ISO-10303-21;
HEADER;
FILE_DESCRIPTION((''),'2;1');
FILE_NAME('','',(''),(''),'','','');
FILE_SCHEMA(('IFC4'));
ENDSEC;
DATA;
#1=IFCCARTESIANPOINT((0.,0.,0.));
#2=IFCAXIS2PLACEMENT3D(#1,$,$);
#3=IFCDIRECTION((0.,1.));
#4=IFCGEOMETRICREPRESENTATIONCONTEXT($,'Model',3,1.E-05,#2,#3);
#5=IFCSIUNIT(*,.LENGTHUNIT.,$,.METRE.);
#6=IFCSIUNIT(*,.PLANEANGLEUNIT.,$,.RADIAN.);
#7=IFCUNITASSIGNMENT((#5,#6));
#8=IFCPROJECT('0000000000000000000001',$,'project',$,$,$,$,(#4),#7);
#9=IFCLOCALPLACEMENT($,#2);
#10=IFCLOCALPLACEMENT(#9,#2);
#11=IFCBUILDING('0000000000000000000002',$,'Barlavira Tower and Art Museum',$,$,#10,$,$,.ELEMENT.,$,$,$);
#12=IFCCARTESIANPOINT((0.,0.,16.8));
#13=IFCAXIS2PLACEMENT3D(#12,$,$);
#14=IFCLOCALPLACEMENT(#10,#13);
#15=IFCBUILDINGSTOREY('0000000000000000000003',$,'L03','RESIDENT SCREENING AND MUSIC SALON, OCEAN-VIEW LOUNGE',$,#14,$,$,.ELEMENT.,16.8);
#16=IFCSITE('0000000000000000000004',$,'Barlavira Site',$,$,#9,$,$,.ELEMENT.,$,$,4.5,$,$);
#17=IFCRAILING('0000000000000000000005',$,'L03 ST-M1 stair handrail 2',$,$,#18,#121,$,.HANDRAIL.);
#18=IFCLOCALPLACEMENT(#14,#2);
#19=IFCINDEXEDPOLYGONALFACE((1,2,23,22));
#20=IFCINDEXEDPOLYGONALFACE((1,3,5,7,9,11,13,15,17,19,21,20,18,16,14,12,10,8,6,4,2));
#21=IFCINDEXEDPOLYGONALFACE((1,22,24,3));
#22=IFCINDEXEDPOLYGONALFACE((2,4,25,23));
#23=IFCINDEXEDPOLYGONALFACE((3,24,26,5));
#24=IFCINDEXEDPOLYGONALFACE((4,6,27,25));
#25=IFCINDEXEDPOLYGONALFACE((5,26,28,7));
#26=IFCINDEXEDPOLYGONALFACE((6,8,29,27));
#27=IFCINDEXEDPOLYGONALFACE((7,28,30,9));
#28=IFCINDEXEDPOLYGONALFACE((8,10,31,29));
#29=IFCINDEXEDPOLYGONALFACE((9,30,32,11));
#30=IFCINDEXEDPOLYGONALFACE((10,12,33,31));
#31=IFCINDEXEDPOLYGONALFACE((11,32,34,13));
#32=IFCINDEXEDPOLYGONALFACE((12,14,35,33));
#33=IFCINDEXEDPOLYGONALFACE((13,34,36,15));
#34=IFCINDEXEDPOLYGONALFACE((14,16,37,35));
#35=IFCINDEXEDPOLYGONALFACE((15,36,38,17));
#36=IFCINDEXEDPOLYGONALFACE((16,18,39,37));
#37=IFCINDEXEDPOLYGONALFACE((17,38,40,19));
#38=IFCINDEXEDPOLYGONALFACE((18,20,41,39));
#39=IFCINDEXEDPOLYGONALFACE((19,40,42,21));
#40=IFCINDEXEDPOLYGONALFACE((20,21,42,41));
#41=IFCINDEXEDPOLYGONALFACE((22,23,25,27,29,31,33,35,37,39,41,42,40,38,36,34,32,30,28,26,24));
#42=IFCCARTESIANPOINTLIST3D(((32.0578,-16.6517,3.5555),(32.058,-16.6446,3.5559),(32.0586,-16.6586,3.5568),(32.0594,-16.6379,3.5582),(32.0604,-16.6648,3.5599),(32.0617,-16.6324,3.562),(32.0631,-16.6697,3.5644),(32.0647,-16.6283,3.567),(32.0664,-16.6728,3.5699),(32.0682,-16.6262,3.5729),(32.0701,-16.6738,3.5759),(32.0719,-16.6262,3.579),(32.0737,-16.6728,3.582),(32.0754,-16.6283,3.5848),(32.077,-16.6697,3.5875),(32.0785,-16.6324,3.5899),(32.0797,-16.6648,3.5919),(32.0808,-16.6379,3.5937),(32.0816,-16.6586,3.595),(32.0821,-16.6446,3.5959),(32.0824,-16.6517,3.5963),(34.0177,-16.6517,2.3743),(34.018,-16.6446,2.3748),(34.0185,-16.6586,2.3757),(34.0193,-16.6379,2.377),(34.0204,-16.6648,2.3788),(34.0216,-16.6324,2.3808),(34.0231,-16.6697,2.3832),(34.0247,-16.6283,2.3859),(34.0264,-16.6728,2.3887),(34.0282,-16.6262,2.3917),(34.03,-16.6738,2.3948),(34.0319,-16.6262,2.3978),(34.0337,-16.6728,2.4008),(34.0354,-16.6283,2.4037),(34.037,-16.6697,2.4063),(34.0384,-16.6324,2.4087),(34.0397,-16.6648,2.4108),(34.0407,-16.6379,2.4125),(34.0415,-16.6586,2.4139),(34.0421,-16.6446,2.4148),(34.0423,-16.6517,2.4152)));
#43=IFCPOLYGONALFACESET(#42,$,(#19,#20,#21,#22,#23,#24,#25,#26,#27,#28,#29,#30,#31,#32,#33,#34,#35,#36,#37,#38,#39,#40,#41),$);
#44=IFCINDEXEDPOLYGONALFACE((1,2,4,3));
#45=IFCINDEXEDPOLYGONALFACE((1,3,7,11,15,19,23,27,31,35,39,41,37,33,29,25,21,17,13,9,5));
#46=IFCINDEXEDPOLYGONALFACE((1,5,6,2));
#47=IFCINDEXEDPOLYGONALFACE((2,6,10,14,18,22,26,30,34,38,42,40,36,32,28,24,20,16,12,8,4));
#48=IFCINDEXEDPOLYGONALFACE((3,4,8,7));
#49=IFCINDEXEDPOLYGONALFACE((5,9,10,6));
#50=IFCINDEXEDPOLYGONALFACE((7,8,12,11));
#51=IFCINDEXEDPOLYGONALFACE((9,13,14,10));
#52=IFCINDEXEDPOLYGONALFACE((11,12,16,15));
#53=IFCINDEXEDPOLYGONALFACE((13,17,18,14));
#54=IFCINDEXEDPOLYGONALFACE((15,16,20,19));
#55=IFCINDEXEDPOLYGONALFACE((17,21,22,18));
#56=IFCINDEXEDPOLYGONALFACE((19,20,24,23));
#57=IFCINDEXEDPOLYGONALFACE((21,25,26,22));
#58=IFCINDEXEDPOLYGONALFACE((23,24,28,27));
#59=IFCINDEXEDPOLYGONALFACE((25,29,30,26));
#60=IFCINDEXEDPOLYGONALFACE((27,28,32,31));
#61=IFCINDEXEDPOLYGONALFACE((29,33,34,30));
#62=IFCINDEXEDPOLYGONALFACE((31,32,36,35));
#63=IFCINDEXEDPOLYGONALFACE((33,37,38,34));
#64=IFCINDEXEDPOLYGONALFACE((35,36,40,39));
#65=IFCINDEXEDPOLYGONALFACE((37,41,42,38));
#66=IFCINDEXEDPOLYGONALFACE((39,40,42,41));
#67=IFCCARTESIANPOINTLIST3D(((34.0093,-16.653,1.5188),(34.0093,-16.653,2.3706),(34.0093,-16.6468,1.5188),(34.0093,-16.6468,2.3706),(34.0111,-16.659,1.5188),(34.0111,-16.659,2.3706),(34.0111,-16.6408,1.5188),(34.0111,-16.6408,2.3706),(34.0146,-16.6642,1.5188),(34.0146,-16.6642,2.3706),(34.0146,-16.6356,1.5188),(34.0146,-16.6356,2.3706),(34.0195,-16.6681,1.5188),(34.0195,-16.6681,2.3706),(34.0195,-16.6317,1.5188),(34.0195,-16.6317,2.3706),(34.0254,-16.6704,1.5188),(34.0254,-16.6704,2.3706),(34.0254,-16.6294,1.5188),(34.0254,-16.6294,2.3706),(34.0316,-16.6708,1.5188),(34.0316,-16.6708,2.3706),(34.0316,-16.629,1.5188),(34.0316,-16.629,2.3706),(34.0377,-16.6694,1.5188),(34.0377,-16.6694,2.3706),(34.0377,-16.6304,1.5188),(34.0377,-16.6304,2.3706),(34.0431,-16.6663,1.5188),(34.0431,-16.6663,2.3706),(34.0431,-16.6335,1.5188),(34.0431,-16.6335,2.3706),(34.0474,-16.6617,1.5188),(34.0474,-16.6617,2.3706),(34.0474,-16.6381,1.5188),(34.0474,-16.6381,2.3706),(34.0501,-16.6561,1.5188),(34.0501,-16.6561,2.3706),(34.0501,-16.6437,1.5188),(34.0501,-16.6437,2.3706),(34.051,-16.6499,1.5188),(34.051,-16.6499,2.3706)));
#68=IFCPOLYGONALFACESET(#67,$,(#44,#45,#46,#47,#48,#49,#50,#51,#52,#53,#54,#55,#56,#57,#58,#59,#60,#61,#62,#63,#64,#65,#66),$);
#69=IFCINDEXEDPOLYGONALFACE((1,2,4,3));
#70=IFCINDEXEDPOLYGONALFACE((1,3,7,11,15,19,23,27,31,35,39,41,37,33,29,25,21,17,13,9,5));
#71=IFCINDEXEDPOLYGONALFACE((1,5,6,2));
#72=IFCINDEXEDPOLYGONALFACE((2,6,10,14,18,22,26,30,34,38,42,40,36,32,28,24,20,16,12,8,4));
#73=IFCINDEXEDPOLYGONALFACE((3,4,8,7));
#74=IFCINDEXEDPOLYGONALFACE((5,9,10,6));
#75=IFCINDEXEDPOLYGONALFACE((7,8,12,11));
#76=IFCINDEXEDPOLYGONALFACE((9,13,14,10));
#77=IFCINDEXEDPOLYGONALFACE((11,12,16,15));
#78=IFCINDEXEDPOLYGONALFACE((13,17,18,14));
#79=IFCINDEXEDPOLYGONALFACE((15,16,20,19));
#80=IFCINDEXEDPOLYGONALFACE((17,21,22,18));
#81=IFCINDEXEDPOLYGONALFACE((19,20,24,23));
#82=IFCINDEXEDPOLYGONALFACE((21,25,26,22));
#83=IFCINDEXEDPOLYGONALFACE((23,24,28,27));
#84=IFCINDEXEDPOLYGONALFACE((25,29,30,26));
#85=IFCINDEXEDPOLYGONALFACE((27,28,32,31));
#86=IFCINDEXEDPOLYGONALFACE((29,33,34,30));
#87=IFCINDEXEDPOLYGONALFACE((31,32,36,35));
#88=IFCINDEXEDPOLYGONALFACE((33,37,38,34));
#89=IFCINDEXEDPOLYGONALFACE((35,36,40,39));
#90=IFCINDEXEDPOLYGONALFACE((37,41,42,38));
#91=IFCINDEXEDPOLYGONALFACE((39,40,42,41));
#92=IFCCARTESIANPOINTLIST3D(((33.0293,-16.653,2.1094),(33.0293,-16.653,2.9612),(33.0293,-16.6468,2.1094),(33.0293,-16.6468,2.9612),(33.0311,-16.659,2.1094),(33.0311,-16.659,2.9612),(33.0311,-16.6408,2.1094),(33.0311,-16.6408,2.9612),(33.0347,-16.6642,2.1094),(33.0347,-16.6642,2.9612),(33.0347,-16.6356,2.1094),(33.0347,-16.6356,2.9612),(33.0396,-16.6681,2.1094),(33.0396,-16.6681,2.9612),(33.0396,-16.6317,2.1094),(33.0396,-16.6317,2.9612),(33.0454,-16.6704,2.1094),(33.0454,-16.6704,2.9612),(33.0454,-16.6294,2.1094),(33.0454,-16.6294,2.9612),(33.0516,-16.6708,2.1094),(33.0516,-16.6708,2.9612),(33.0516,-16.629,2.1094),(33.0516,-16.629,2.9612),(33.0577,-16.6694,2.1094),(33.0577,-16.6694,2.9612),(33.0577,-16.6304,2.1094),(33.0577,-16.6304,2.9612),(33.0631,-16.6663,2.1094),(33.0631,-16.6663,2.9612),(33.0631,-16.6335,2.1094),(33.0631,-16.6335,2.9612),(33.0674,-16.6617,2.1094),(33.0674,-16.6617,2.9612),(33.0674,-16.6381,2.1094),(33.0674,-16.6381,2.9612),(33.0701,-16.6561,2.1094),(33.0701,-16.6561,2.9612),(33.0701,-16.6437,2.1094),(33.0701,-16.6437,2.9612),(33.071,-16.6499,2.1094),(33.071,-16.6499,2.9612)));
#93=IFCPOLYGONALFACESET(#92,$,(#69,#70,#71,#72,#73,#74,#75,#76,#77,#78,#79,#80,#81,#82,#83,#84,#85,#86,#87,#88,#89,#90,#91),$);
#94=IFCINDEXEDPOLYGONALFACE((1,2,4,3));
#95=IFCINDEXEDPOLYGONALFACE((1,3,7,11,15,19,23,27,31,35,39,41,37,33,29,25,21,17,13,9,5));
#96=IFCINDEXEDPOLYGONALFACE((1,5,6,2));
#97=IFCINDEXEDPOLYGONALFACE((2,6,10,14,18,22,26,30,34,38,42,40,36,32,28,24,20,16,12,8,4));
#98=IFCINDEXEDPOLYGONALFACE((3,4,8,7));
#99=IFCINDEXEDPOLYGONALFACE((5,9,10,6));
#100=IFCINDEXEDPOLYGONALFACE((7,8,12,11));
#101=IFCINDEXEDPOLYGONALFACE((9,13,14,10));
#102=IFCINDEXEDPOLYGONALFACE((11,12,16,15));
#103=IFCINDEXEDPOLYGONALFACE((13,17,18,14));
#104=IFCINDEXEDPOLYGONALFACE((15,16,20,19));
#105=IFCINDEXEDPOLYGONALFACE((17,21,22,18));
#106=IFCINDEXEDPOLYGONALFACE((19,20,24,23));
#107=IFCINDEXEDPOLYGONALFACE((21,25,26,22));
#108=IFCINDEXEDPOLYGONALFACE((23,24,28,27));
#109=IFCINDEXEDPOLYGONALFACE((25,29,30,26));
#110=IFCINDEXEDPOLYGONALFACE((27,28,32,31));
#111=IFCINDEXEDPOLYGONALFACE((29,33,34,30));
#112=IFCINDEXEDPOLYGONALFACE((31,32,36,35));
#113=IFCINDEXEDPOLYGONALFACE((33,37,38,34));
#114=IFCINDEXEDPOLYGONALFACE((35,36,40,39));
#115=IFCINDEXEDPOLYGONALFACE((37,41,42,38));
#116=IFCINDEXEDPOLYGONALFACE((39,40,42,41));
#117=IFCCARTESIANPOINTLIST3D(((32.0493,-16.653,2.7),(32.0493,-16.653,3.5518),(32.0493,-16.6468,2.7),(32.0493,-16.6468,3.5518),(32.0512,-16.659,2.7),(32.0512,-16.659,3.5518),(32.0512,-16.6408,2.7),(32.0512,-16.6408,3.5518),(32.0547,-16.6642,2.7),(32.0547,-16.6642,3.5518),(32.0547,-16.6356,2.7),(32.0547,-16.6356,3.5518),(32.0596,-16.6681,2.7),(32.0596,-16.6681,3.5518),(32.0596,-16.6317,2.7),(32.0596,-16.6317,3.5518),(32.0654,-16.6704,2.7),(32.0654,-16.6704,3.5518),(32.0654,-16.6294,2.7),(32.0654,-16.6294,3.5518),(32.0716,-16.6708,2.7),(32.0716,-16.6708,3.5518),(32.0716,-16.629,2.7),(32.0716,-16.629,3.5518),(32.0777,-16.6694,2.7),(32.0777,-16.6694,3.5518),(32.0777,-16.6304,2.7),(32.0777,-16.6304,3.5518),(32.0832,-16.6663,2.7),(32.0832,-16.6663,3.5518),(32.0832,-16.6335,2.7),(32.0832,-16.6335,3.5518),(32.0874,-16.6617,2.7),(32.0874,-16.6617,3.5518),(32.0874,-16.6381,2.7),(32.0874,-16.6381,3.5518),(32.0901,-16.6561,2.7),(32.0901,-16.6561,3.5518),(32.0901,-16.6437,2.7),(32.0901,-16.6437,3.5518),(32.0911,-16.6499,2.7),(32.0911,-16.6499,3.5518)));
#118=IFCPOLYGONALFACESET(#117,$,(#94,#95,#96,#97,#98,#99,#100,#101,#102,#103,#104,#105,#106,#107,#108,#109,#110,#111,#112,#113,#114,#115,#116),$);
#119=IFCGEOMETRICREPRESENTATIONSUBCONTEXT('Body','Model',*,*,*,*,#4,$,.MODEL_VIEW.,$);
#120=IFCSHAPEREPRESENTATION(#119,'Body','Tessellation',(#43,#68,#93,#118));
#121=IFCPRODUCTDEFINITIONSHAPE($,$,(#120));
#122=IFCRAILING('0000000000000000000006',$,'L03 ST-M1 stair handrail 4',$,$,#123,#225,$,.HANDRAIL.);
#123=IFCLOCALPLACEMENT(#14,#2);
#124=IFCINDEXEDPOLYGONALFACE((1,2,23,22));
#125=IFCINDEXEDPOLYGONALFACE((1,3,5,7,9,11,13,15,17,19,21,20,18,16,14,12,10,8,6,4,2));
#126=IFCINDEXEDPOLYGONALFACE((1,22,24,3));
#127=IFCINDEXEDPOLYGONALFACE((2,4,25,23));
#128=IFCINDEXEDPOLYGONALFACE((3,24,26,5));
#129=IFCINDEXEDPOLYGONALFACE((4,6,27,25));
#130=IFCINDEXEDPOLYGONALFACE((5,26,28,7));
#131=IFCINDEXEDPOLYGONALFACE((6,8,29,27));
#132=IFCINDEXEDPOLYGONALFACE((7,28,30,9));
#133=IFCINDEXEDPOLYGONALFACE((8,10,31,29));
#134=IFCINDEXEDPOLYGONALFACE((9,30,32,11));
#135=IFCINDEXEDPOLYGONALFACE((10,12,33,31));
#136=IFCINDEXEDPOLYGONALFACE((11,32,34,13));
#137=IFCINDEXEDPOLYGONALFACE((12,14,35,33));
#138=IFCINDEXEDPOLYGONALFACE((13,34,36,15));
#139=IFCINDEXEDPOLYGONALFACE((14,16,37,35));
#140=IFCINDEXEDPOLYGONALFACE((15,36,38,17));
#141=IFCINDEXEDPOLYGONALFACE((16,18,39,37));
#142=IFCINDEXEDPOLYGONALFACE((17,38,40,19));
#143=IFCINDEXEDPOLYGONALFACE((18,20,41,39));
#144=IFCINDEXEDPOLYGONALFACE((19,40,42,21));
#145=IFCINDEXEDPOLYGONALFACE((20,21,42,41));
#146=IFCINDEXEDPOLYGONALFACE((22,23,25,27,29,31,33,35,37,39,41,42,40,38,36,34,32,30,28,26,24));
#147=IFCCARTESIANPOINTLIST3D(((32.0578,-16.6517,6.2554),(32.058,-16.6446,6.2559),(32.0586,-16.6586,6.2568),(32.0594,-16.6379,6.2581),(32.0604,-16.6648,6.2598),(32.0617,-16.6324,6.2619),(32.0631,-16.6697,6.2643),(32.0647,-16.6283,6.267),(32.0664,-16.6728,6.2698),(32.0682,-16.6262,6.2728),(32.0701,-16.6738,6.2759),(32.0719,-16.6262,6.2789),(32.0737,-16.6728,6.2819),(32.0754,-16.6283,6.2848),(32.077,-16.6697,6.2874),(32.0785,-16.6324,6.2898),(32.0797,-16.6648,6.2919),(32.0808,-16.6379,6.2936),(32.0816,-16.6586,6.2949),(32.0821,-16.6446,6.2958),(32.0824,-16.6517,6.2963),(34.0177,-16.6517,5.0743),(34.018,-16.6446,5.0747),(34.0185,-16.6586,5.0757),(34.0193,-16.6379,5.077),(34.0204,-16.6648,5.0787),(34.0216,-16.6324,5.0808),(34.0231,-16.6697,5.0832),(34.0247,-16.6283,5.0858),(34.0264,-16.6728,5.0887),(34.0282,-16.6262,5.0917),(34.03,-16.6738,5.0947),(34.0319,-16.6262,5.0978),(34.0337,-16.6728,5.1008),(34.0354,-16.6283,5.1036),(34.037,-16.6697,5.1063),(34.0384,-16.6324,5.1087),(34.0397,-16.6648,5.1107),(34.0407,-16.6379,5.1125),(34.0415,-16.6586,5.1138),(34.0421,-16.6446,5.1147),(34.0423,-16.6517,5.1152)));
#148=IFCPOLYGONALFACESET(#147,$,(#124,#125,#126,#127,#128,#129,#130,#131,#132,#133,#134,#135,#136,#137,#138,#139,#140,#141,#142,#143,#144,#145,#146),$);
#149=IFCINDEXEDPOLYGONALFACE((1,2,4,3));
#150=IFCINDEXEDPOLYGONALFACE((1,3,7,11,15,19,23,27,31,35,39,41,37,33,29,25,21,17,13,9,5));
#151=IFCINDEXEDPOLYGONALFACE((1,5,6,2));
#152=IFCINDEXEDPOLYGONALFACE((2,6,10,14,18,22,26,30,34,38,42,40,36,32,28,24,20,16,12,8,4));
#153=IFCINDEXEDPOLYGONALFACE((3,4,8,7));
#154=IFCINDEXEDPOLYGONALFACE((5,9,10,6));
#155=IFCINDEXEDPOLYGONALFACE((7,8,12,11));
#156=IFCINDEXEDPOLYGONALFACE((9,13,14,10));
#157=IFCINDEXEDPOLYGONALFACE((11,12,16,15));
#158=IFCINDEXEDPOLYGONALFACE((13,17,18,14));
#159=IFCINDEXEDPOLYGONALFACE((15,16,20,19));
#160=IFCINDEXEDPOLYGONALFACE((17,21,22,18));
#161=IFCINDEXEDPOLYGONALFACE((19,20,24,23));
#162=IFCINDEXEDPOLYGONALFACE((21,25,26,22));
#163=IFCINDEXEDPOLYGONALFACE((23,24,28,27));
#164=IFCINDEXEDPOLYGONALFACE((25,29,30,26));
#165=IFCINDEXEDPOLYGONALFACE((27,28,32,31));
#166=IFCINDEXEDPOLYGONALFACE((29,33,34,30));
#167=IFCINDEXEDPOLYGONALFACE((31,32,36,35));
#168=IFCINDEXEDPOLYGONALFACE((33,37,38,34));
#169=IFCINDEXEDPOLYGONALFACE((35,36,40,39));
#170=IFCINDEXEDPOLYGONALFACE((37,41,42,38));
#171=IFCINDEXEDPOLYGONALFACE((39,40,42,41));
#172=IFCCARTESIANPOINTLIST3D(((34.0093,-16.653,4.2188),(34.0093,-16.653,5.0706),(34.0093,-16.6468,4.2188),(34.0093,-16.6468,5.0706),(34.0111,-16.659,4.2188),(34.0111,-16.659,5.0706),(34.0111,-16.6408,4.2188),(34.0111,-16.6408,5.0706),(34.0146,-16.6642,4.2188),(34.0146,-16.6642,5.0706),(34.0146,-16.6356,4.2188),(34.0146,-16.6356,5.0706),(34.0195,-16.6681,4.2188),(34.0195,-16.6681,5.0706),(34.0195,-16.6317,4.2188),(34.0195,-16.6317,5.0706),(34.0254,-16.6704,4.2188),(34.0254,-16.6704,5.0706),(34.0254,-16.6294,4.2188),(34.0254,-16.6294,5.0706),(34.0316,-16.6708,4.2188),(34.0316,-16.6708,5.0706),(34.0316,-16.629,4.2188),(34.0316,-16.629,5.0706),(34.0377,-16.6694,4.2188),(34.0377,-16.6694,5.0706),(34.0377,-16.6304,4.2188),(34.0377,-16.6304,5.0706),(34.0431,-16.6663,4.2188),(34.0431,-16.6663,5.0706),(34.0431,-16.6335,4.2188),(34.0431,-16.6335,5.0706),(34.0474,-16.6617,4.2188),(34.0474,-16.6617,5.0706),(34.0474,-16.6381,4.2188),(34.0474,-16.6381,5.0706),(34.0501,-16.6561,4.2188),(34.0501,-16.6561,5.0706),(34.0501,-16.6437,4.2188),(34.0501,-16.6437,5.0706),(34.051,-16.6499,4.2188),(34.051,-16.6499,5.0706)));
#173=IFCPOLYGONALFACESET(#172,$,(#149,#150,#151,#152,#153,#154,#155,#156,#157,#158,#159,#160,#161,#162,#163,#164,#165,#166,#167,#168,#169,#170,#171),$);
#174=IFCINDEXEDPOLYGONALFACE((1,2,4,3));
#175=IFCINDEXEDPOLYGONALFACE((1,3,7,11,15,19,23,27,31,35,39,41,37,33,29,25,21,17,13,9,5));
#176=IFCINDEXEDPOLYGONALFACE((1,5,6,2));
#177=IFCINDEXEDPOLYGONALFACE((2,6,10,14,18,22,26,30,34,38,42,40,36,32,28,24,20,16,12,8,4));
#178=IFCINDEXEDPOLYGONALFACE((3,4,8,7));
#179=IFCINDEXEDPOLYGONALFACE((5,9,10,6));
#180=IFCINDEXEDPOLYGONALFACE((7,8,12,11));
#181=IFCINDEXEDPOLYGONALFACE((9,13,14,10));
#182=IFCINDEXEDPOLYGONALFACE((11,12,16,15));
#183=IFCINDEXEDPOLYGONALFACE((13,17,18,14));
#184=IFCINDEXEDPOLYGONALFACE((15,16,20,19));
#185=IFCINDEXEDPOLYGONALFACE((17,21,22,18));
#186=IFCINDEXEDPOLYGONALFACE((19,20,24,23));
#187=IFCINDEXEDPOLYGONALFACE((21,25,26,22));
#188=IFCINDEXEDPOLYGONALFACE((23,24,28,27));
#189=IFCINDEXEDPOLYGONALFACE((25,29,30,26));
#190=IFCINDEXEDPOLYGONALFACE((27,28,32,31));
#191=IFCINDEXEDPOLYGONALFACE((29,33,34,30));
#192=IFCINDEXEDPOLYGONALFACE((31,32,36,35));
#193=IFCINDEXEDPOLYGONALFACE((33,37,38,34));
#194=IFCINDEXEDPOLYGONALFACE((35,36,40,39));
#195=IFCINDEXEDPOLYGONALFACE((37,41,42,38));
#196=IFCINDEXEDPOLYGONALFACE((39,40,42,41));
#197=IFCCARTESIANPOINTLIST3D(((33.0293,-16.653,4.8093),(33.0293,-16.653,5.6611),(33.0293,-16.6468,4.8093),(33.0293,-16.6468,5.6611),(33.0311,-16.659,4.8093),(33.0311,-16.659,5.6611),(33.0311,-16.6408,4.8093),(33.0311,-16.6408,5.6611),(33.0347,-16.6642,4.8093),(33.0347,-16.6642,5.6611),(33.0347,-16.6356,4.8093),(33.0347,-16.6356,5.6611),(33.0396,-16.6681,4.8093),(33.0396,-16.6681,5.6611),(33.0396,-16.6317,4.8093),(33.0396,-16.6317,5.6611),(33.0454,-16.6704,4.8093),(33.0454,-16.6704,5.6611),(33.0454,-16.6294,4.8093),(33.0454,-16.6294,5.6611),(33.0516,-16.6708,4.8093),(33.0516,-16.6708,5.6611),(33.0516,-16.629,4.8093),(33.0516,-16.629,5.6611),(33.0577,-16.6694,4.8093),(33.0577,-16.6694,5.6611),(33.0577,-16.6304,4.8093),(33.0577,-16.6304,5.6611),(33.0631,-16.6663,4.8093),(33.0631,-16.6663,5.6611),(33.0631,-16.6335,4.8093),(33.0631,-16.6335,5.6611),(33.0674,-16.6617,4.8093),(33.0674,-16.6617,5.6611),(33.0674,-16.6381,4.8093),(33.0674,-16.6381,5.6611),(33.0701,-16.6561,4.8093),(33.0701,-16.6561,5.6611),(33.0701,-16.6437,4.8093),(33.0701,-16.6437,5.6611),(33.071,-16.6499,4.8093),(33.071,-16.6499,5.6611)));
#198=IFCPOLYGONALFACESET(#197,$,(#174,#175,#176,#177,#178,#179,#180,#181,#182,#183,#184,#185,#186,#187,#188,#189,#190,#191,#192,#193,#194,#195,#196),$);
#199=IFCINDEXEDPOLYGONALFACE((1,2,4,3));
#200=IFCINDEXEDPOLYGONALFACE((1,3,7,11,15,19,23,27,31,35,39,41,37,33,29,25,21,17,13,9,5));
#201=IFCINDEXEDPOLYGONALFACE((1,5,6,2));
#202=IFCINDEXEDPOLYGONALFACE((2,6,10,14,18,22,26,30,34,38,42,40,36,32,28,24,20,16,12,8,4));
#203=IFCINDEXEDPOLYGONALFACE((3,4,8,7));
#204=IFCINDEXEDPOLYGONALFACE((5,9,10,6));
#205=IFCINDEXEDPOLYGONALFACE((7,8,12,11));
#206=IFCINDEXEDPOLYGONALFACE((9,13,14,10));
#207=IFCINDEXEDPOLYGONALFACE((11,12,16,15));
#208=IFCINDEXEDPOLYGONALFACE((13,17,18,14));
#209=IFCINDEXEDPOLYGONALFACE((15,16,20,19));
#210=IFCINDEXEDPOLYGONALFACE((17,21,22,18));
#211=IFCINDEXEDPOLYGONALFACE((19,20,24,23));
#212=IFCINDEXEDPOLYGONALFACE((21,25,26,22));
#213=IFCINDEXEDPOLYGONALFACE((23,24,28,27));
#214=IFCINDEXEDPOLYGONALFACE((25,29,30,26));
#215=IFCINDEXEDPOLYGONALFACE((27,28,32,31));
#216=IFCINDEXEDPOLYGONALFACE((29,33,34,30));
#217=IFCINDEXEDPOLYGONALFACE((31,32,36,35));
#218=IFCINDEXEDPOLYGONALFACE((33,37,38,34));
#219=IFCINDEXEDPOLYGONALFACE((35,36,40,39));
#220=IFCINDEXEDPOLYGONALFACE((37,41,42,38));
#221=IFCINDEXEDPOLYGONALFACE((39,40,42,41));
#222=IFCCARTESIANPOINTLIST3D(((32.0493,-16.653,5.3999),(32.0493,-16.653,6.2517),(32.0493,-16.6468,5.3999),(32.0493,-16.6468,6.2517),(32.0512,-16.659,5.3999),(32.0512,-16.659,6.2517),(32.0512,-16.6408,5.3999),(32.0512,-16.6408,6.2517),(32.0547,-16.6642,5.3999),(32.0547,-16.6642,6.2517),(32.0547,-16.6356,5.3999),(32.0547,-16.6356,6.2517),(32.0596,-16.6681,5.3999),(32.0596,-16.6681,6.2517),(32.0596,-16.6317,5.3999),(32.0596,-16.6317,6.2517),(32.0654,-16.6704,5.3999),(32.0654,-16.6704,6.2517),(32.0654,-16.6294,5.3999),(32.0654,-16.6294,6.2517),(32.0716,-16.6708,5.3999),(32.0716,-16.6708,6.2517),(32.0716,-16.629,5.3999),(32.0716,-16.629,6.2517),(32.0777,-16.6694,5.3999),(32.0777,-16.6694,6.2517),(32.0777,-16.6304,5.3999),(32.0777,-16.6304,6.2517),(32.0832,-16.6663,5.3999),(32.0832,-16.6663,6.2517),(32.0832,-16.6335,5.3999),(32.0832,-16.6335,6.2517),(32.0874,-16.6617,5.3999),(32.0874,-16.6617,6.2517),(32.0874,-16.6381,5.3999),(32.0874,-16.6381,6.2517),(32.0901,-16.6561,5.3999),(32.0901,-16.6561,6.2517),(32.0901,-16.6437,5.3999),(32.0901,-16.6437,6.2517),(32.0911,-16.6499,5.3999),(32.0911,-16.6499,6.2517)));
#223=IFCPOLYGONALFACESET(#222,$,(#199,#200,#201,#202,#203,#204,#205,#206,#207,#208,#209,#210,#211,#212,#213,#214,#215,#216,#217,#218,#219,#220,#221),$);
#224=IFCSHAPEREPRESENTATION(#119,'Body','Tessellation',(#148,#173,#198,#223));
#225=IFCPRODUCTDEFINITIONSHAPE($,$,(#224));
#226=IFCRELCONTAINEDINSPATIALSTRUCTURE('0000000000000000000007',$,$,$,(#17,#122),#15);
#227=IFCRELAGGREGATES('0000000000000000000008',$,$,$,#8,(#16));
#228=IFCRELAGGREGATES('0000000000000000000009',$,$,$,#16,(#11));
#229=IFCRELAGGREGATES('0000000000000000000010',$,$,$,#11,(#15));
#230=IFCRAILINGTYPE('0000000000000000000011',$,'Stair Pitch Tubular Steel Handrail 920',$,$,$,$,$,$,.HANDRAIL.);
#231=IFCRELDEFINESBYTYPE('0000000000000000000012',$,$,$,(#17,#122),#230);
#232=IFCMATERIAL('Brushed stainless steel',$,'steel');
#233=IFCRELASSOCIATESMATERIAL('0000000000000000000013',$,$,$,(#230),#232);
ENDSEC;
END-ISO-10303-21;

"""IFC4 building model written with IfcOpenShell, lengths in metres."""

from ifc_helpers import new_model, si_unit, direction, frame, origin, origin_2d, place, context, subcontext, project, spatial, circle, extrude, material, type_object, element, save


model = new_model("IFC4")

# Units and contexts
model_context = context("Model", 3, precision=1e-05, world=origin(), true_north=direction((0.0, 1.0)))
body_context = subcontext(model_context, "Body", "Model", "MODEL_VIEW")
ifc_project = project(units=[si_unit("LENGTHUNIT", "METRE"), si_unit("PLANEANGLEUNIT", "RADIAN")], contexts=[model_context])

# Site, building, storey
site_placement = place(None, origin())
site = spatial("IfcSite", under=ifc_project, at=site_placement, Name="Barlavira Site", CompositionType="ELEMENT", RefElevation=4.5)
building_placement = place(site_placement, origin())
building = spatial("IfcBuilding", under=site, at=building_placement, Name="Barlavira Tower and Art Museum", CompositionType="ELEMENT")
storey_placement = place(building_placement, frame((0.0, 0.0, 16.8)))
storey = spatial("IfcBuildingStorey", under=building, at=storey_placement, Name="L03", Description="RESIDENT SCREENING AND MUSIC SALON, OCEAN-VIEW LOUNGE", CompositionType="ELEMENT", Elevation=16.8)

# Shared definitions
ifc_material_1 = material(Name="Brushed stainless steel", Category="steel")

# Railings
railing_type_1 = type_object("IfcRailingType", Name="Stair Pitch Tubular Steel Handrail 920", PredefinedType="HANDRAIL", material=ifc_material_1)
for number, where, name in (
    (1, (34.03, -16.6499, 1.5188), "L03 ST-M1 stair handrail 2"),
    (2, (34.03, -16.6499, 4.2188), "L03 ST-M1 stair handrail 4"),
):
    element("IfcRailing", number, at=place(storey_placement, frame(where)), inside=storey, type_object=railing_type_1, Name=name, PredefinedType="HANDRAIL", context=body_context, shape_type="SweptSolid", body=[
        extrude(circle(Radius=0.0239, at=origin_2d()), frame((0.0, 0.0, 0.876), z_axis=(-0.856493, 0.0, 0.516158), x_axis=(0.0, -1.0, 0.0)), (0.0, 0.0, 1.0), 2.2883),
        extrude(circle(Radius=0.021, at=origin_2d()), origin(), (0.0, 0.0, 1.0), 0.8518),
        extrude(circle(Radius=0.021, at=origin_2d()), frame((-0.98, 0.0, 0.5906)), (0.0, 0.0, 1.0), 0.8518),
        extrude(circle(Radius=0.021, at=origin_2d()), frame((-1.96, 0.0, 1.1812)), (0.0, 0.0, 1.0), 0.8518),
    ])

save(model, "model.ifc")
